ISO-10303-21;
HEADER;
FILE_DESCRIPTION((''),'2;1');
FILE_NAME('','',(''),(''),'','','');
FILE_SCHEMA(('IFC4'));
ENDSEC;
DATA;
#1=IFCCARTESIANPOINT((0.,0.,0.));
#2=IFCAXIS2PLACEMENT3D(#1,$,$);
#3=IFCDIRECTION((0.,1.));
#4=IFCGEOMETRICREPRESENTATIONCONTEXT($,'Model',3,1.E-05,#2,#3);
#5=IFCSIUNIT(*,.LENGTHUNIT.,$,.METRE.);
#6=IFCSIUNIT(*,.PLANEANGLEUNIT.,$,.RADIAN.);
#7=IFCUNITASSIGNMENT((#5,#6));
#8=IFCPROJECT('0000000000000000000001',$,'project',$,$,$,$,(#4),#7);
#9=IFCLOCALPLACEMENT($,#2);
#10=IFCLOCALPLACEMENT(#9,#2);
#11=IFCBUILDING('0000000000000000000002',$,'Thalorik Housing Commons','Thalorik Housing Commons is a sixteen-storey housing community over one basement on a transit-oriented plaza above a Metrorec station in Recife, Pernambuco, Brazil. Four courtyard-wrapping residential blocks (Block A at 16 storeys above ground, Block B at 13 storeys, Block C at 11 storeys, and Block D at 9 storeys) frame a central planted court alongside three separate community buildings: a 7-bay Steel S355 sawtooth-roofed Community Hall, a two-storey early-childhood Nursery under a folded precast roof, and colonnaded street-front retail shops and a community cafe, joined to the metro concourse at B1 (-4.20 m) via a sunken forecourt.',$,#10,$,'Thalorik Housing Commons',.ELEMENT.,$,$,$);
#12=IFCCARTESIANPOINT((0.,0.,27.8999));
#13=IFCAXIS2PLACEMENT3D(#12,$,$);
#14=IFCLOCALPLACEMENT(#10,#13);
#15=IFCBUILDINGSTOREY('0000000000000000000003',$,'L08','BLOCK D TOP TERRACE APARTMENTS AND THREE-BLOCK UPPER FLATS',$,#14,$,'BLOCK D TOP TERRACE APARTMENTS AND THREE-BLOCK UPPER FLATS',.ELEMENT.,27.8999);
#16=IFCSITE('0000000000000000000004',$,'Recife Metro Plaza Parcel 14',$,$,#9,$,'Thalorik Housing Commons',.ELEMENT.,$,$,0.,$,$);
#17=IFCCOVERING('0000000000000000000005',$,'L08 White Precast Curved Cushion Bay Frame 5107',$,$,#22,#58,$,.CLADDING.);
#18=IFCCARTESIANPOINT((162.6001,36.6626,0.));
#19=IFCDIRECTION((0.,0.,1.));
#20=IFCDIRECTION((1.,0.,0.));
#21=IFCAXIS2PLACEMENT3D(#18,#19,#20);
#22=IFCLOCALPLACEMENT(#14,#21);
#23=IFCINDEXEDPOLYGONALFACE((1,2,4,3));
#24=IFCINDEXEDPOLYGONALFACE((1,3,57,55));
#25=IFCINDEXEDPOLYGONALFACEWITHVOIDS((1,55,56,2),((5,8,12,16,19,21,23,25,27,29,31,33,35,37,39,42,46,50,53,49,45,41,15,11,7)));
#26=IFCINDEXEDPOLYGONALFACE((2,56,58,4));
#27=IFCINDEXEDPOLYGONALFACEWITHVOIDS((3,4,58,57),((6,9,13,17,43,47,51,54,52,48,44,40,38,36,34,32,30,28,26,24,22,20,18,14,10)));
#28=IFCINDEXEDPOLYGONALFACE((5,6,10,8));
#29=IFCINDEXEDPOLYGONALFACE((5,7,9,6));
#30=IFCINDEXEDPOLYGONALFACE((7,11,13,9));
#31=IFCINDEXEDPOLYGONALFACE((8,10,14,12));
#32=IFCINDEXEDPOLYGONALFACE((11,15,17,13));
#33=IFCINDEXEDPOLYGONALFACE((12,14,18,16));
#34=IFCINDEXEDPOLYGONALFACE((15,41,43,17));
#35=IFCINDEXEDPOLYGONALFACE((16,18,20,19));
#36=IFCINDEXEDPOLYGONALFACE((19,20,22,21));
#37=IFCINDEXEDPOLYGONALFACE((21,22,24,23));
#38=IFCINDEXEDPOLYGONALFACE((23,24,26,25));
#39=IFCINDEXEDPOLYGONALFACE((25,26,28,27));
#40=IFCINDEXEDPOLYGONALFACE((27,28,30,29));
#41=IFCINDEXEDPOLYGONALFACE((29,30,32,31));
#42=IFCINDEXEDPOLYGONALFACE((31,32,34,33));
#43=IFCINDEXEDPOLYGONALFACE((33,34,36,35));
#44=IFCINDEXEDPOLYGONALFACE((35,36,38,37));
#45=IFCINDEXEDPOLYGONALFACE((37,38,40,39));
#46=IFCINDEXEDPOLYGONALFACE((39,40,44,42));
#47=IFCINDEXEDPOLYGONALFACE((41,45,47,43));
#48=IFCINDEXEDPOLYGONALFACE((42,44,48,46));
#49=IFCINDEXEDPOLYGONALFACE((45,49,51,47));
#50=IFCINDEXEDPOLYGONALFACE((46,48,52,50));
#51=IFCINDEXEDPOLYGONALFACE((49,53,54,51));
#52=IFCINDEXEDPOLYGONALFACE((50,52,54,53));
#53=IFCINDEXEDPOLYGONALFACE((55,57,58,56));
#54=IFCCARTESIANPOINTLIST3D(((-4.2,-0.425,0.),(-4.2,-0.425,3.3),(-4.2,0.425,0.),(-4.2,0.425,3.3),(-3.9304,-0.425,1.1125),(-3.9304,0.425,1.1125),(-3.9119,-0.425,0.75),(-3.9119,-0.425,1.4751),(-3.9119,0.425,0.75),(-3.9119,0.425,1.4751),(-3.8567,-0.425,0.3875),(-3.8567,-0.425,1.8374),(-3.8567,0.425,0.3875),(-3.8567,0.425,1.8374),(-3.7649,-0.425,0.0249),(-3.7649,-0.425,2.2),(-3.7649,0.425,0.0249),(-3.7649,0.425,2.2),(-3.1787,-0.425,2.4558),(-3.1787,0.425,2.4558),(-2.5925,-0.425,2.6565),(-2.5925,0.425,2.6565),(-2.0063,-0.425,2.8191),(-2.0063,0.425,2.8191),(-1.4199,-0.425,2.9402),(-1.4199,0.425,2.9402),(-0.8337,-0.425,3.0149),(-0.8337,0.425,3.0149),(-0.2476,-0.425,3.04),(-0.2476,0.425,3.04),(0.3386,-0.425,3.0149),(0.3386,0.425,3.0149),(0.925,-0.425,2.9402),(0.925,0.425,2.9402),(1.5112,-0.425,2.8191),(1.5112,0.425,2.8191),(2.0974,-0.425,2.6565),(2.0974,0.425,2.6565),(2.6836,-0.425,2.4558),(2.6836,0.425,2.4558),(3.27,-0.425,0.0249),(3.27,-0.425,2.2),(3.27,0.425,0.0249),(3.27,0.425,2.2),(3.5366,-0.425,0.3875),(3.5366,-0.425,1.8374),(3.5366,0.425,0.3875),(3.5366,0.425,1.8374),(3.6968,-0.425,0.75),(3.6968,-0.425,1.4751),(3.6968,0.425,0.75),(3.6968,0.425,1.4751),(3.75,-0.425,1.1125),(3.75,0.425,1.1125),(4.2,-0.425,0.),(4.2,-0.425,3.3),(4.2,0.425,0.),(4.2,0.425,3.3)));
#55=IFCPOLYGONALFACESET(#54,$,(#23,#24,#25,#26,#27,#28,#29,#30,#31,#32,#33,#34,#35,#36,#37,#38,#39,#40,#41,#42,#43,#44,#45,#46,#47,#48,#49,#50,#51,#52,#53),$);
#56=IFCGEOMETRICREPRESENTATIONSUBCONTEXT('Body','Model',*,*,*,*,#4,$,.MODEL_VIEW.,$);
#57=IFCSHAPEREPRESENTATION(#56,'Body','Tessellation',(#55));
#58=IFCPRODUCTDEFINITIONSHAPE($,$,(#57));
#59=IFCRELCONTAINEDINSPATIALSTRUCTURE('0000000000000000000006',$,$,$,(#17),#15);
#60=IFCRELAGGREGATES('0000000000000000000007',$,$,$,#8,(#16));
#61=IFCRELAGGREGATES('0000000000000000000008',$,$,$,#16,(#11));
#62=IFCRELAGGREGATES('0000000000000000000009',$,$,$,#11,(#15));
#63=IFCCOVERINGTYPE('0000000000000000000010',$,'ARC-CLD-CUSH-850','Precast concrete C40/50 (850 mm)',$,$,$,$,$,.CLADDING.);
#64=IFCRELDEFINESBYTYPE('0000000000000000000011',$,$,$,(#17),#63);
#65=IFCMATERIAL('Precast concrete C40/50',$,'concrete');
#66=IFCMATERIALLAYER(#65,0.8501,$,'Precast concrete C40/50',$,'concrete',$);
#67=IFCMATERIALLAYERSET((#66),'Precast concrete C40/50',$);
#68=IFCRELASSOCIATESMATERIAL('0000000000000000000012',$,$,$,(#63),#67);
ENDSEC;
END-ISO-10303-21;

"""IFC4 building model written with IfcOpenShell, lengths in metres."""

from ifc_helpers import new_model, si_unit, direction, frame, origin, place, context, subcontext, project, spatial, polyline, outline, extrude, material, layer, layer_set, type_object, element, save


model = new_model("IFC4")

# Units and contexts
model_context = context("Model", 3, precision=1e-05, world=origin(), true_north=direction((0.0, 1.0)))
body_context = subcontext(model_context, "Body", "Model", "MODEL_VIEW")
ifc_project = project(units=[si_unit("LENGTHUNIT", "METRE"), si_unit("PLANEANGLEUNIT", "RADIAN")], contexts=[model_context])

# Site, building, storey
site_placement = place(None, origin())
site = spatial("IfcSite", under=ifc_project, at=site_placement, Name="Recife Metro Plaza Parcel 14", LongName="Thalorik Housing Commons", CompositionType="ELEMENT", RefElevation=0.0)
building_placement = place(site_placement, origin())
building = spatial("IfcBuilding", under=site, at=building_placement, Name="Thalorik Housing Commons", Description="Thalorik Housing Commons is a sixteen-storey housing community over one basement on a transit-oriented plaza above a Metrorec station in Recife, Pernambuco, Brazil. Four courtyard-wrapping residential blocks (Block A at 16 storeys above ground, Block B at 13 storeys, Block C at 11 storeys, and Block D at 9 storeys) frame a central planted court alongside three separate community buildings: a 7-bay Steel S355 sawtooth-roofed Community Hall, a two-storey early-childhood Nursery under a folded precast roof, and colonnaded street-front retail shops and a community cafe, joined to the metro concourse at B1 (-4.20 m) via a sunken forecourt.", LongName="Thalorik Housing Commons", CompositionType="ELEMENT")
storey_placement = place(building_placement, frame((0.0, 0.0, 27.8999)))
storey = spatial("IfcBuildingStorey", under=building, at=storey_placement, Name="L08", Description="BLOCK D TOP TERRACE APARTMENTS AND THREE-BLOCK UPPER FLATS", LongName="BLOCK D TOP TERRACE APARTMENTS AND THREE-BLOCK UPPER FLATS", CompositionType="ELEMENT", Elevation=27.8999)

# Shared definitions
ifc_material_1 = material(Name="Precast concrete C40/50", Category="concrete")

# Covering
ifc_layer_1 = layer(ifc_material_1, 0.8501, Name="Precast concrete C40/50", Category="concrete")
ifc_layer_set_1 = layer_set([ifc_layer_1], Name="Precast concrete C40/50")
covering_type_1 = type_object("IfcCoveringType", Name="ARC-CLD-CUSH-850", Description="Precast concrete C40/50 (850 mm)", PredefinedType="CLADDING", material=ifc_layer_set_1)
covering_1_placement = place(storey_placement, frame((162.6001, 36.6626, 0.0), z_axis=(0.0, 0.0, 1.0), x_axis=(1.0, 0.0, 0.0)))
element("IfcCovering", 1, at=covering_1_placement, inside=storey, type_object=covering_type_1, Name="L08 White Precast Curved Cushion Bay Frame 5107", PredefinedType="CLADDING", context=body_context, shape_type="SweptSolid", body=[
    extrude(outline(polyline([(-4.2, 0.0), (4.2, 0.0), (4.2, 3.3), (-4.2, 3.3), (-4.2, 0.0)]), holes=[polyline([(3.27, 0.0249), (3.5366, 0.3875), (3.6968, 0.75), (3.75, 1.1125), (3.6968, 1.4751), (3.5366, 1.8374), (3.27, 2.2), (2.6836, 2.4558), (2.0974, 2.6565), (1.5112, 2.8191), (0.925, 2.9402), (0.3386, 3.0149), (-0.2476, 3.04), (-0.8337, 3.0149), (-1.4199, 2.9402), (-2.0063, 2.8191), (-2.5925, 2.6565), (-3.1787, 2.4558), (-3.7649, 2.2), (-3.8567, 1.8374), (-3.9119, 1.4751), (-3.9304, 1.1125), (-3.9119, 0.75), (-3.8567, 0.3875), (-3.7649, 0.0249), (3.27, 0.0249)])]), frame((0.0, 0.425, 0.0), z_axis=(0.0, -1.0, 0.0), x_axis=(1.0, 0.0, 0.0)), (0.0, 0.0, 1.0), 0.8501),
])

save(model, "model.ifc")
